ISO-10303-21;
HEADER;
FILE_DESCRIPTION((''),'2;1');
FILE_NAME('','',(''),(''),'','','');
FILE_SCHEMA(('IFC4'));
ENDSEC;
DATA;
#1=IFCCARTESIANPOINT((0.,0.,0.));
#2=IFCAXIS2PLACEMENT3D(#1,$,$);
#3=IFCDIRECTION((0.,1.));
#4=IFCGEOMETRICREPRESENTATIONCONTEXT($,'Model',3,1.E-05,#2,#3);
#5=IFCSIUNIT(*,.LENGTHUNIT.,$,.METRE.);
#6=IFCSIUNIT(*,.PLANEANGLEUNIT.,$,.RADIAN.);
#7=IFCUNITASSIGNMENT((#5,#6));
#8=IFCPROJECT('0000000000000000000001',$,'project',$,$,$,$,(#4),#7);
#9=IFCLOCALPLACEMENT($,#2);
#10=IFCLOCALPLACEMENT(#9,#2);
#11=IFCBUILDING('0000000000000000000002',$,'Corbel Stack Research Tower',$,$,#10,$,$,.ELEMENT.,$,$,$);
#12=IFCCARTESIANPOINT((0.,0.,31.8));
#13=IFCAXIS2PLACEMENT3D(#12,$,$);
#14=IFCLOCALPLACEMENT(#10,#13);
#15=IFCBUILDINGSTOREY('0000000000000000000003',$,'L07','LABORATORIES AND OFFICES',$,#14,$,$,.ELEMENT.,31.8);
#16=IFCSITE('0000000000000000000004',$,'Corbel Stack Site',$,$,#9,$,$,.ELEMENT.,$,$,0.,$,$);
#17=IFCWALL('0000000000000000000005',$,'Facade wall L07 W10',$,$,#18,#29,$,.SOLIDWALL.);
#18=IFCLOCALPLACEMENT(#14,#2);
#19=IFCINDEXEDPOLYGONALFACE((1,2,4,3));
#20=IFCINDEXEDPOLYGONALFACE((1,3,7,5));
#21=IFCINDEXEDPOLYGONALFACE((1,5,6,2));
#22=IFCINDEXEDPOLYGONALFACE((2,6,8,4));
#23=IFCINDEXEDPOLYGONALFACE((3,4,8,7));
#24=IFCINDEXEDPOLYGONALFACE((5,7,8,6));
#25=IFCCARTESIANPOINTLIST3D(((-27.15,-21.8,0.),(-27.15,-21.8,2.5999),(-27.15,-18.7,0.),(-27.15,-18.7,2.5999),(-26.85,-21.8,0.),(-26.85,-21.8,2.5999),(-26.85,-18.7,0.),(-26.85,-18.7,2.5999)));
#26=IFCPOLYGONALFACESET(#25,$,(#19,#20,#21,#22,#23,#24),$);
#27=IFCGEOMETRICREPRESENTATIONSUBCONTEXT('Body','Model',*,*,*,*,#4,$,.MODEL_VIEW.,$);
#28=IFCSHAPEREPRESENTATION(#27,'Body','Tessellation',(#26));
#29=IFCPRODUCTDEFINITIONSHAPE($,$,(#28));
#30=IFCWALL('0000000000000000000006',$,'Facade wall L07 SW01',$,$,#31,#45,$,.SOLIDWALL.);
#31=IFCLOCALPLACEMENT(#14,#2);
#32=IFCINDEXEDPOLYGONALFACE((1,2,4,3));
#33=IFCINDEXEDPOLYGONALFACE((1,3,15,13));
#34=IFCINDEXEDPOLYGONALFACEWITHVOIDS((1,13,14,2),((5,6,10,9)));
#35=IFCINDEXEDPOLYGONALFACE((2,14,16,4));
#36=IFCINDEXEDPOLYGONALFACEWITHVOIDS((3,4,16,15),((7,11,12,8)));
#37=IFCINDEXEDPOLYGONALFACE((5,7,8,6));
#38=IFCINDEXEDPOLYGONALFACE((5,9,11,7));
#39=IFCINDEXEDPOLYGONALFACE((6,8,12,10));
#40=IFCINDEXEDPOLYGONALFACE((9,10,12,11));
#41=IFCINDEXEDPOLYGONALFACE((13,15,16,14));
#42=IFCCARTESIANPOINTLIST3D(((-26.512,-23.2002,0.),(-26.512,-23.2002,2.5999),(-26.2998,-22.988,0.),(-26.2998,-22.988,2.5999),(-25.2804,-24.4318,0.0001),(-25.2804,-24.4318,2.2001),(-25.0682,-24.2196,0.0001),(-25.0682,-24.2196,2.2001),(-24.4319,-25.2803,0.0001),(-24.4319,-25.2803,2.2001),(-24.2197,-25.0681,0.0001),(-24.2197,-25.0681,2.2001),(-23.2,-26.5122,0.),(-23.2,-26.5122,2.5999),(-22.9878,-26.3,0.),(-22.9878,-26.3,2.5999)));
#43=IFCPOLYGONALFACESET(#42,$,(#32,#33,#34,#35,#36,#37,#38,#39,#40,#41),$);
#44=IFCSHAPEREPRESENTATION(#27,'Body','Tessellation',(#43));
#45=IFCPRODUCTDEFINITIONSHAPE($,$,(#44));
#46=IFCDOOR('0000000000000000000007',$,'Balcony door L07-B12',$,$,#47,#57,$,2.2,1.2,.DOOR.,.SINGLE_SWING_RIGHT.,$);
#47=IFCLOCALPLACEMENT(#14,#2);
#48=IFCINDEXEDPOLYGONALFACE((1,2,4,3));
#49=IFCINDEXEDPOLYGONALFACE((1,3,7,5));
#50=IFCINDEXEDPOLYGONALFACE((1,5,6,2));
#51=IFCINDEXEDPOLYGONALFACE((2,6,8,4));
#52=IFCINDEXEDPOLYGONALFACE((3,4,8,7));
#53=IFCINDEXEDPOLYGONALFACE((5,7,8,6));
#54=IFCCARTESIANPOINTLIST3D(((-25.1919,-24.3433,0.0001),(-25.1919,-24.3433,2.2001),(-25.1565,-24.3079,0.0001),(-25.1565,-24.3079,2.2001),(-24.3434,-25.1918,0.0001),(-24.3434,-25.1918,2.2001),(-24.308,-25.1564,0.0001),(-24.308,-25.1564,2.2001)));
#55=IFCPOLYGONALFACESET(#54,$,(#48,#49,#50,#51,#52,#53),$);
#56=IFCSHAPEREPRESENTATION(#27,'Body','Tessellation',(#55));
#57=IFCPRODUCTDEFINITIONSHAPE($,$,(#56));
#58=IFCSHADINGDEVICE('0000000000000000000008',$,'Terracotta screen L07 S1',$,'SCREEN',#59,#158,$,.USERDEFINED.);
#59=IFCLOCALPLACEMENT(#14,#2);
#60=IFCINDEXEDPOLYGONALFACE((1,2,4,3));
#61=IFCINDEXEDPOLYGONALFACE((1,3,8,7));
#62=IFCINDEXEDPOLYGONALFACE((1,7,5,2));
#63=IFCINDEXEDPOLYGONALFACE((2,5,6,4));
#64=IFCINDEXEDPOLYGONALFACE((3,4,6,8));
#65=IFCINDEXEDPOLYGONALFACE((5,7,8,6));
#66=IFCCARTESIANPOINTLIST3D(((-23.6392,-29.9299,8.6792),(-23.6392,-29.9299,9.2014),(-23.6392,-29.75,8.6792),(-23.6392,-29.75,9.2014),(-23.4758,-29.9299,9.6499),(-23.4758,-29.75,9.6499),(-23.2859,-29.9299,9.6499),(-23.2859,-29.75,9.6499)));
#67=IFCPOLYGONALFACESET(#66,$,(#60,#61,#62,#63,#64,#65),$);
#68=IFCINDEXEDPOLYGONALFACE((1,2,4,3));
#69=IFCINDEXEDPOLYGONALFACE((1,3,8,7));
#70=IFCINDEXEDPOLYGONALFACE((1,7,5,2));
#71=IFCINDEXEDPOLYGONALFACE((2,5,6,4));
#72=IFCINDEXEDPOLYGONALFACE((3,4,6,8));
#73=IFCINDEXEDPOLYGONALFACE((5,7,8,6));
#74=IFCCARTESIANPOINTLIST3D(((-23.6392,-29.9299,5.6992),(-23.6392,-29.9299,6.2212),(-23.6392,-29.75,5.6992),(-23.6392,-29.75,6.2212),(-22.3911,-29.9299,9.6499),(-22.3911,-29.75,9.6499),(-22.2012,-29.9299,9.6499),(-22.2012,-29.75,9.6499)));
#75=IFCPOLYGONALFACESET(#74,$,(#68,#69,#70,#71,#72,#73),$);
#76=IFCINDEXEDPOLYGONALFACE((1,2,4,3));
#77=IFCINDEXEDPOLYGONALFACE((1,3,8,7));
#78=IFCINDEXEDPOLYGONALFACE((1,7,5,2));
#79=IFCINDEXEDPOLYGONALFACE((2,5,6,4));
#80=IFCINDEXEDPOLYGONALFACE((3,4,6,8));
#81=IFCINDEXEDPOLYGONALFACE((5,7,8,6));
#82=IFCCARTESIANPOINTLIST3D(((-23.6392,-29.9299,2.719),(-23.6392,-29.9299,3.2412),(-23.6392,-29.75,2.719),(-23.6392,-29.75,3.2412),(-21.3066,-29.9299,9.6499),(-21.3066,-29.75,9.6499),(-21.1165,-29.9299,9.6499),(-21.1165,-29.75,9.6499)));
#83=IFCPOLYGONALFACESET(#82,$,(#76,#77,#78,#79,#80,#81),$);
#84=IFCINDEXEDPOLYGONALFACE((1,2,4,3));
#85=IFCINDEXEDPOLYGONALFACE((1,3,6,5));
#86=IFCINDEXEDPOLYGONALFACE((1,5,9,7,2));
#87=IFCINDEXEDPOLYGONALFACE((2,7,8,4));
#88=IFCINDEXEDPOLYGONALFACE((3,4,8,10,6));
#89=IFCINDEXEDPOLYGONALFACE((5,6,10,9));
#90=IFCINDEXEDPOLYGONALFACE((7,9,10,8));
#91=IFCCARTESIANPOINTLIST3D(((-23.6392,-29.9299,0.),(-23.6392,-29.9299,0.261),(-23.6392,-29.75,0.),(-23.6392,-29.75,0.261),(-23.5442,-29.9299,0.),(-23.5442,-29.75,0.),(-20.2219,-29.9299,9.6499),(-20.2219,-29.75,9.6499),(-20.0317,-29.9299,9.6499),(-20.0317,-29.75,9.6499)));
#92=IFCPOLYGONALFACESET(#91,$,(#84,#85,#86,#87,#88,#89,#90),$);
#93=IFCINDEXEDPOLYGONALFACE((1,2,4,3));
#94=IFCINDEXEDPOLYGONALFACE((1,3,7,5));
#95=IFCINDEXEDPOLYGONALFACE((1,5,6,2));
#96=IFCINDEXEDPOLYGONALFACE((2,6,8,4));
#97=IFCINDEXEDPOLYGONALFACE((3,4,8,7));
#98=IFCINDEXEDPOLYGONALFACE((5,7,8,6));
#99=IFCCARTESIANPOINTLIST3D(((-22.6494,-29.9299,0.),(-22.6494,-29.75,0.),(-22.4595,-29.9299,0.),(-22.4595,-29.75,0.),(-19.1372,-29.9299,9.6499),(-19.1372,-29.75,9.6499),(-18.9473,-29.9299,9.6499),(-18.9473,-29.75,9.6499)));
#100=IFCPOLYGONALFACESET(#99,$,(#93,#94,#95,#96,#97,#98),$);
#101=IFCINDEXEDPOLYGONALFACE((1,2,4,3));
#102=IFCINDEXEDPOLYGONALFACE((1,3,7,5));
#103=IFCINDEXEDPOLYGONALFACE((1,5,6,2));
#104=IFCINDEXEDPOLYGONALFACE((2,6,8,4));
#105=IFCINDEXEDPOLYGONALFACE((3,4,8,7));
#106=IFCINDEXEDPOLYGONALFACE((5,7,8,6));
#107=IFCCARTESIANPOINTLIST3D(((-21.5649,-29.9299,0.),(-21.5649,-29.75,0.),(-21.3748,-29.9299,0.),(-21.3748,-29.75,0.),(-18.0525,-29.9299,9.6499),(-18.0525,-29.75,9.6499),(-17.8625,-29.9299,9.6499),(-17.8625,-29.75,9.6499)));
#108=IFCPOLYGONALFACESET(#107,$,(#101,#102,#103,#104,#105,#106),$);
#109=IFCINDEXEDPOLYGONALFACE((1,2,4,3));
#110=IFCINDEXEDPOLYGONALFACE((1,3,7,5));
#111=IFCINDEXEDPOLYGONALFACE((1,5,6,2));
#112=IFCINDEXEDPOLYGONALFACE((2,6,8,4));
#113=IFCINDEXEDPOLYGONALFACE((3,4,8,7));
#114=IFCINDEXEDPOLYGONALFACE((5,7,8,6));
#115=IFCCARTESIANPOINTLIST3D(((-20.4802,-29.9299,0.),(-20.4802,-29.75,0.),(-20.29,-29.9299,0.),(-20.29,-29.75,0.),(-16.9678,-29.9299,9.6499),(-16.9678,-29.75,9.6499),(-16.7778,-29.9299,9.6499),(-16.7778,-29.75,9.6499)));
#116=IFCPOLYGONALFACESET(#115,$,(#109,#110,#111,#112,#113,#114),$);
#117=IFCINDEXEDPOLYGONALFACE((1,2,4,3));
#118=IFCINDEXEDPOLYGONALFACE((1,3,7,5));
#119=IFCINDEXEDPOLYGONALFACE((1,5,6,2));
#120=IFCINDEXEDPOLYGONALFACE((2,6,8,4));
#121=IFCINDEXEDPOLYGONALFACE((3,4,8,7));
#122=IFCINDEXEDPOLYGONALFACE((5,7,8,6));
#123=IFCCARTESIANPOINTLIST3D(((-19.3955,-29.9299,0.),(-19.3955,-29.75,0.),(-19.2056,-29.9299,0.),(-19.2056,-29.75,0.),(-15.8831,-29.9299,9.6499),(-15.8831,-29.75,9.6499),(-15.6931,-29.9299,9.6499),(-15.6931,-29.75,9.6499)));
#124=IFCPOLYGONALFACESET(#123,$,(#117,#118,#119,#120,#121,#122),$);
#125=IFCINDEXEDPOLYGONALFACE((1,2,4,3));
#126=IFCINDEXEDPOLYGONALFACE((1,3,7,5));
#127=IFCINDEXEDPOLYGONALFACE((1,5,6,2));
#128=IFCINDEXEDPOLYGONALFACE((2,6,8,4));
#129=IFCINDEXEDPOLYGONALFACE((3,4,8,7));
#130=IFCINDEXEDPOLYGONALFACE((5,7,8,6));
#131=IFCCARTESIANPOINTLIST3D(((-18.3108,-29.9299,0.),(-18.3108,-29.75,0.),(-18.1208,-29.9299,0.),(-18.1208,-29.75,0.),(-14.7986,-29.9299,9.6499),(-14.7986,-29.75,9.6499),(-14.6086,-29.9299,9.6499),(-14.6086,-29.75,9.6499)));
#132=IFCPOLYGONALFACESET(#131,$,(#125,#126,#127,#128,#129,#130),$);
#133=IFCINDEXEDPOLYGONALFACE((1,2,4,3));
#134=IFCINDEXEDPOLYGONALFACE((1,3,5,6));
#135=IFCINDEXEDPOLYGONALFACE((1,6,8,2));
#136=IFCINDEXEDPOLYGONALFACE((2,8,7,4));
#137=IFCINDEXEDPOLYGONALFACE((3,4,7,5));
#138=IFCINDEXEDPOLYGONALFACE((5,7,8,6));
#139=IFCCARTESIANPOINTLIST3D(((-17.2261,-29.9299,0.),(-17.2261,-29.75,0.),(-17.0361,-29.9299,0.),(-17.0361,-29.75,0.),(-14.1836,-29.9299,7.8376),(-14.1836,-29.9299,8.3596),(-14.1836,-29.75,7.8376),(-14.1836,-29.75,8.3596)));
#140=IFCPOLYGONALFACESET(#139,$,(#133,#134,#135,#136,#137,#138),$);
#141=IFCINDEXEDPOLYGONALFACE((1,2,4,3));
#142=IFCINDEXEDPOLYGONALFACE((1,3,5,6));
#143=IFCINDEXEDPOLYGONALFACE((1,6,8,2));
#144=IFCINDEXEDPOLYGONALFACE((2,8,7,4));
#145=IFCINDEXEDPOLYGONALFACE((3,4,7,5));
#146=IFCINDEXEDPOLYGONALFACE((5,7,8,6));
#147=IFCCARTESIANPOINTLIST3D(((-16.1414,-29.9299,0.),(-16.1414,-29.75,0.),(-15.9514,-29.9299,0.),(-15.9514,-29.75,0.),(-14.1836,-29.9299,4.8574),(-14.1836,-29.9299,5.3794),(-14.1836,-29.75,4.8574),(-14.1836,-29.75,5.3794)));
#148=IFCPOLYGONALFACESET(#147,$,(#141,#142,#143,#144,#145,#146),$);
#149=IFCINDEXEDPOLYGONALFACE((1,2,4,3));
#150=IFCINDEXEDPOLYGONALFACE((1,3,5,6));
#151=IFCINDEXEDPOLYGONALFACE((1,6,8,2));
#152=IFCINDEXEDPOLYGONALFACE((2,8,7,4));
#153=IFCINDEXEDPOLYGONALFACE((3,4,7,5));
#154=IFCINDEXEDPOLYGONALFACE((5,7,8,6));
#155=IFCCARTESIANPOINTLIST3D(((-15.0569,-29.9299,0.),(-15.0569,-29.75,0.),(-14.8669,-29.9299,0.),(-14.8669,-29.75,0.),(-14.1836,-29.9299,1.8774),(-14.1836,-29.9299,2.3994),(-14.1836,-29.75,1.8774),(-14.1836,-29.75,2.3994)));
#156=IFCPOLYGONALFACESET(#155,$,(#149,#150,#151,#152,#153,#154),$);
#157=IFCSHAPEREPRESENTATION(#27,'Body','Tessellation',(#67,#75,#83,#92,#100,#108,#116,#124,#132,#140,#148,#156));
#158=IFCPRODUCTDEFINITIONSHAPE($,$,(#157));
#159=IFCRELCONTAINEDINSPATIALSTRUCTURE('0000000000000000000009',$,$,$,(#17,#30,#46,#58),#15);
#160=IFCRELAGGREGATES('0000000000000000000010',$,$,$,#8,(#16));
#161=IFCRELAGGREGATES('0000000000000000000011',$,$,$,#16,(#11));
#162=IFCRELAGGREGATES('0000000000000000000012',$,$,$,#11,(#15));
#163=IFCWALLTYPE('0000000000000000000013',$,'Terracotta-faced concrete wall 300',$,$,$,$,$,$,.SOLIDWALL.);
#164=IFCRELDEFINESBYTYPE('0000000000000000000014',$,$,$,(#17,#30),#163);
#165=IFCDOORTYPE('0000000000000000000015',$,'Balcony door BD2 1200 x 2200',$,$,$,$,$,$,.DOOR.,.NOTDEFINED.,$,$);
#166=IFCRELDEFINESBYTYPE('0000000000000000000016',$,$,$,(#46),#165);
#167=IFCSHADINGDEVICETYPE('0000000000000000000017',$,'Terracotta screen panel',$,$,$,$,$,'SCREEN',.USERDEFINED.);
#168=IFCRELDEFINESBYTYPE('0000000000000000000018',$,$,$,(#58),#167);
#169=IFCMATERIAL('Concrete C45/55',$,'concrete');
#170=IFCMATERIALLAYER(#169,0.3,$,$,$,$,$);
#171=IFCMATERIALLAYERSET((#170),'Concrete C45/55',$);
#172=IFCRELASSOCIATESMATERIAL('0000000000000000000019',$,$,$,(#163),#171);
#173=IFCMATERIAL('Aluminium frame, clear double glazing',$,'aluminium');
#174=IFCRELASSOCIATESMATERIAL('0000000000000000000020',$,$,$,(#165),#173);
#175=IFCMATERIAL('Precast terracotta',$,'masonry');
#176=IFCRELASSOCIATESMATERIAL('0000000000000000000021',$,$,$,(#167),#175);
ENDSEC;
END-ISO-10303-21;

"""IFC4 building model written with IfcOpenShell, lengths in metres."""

from ifc_helpers import new_model, si_unit, direction, frame, frame_2d, origin, place, context, subcontext, project, spatial, polyline, rectangle, outline, extrude, source, transform, mapped, material, layer, layer_set, type_object, element, fill, save


model = new_model("IFC4")

# Units and contexts
model_context = context("Model", 3, precision=1e-05, world=origin(), true_north=direction((0.0, 1.0)))
body_context = subcontext(model_context, "Body", "Model", "MODEL_VIEW")
ifc_project = project(units=[si_unit("LENGTHUNIT", "METRE"), si_unit("PLANEANGLEUNIT", "RADIAN")], contexts=[model_context])

# Site, building, storey
site_placement = place(None, origin())
site = spatial("IfcSite", under=ifc_project, at=site_placement, Name="Corbel Stack Site", CompositionType="ELEMENT", RefElevation=0.0)
building_placement = place(site_placement, origin())
building = spatial("IfcBuilding", under=site, at=building_placement, Name="Corbel Stack Research Tower", CompositionType="ELEMENT")
storey_placement = place(building_placement, frame((0.0, 0.0, 31.8)))
storey = spatial("IfcBuildingStorey", under=building, at=storey_placement, Name="L07", Description="LABORATORIES AND OFFICES", CompositionType="ELEMENT", Elevation=31.8)

# Shared definitions
ifc_material_1 = material(Name="Concrete C45/55", Category="concrete")
ifc_layer_1 = layer(ifc_material_1, 0.3)
ifc_layer_set_1 = layer_set([ifc_layer_1], Name="Concrete C45/55")
wall_type = type_object("IfcWallType", Name="Terracotta-faced concrete wall 300", PredefinedType="SOLIDWALL", material=ifc_layer_set_1)

# Wall
wall_1_placement = place(storey_placement, frame((-27.0, -21.8, 0.0), z_axis=(0.0, 0.0, 1.0), x_axis=(0.0, 1.0, 0.0)))
element("IfcWall", 1, at=wall_1_placement, inside=storey, type_object=wall_type, Name="Facade wall L07 W10", PredefinedType="SOLIDWALL", context=body_context, shape_type="SweptSolid", body=[
    extrude(rectangle(XDim=3.1001, YDim=0.3, at=frame_2d((1.55, 0.0))), origin(), (0.0, 0.0, 1.0), 2.5999),
])

# Wall, opening, door
wall_2_placement = place(storey_placement, frame((-23.094, -26.406, 0.0), z_axis=(0.0, 0.0, 1.0), x_axis=(-0.707107, 0.707107, 0.0)))
wall_2 = element("IfcWall", 2, at=wall_2_placement, inside=storey, type_object=wall_type, Name="Facade wall L07 SW01", PredefinedType="SOLIDWALL", context=body_context, shape_type="SweptSolid", body=[
    extrude(rectangle(XDim=4.6838, YDim=0.3, at=frame_2d((2.3418, 0.0))), origin(), (0.0, 0.0, 1.0), 2.5999),
])
opening_1_placement = place(wall_2_placement, frame((1.7419, 0.0, 0.0)))
opening_1 = element("IfcOpeningElement", 3, at=opening_1_placement, cuts=wall_2, PredefinedType="OPENING", context=body_context, shape_type="SweptSolid", body=[
    extrude(rectangle(XDim=1.2, YDim=2.2, at=frame_2d((0.6001, 1.1001))), frame((0.0, 0.1599, 0.0), z_axis=(0.0, -1.0, 0.0), x_axis=(1.0, 0.0, 0.0)), (0.0, 0.0, 1.0), 0.3201),
])
ifc_material_2 = material(Name="Aluminium frame, clear double glazing", Category="aluminium")
door_type_1 = type_object("IfcDoorType", Name="Balcony door BD2 1200 x 2200", OperationType="NOTDEFINED", PredefinedType="DOOR", material=ifc_material_2)
door_1_placement = place(opening_1_placement, origin())
door_1 = element("IfcDoor", 4, at=door_1_placement, inside=storey, type_object=door_type_1, Name="Balcony door L07-B12", OperationType="SINGLE_SWING_RIGHT", OverallHeight=2.2, OverallWidth=1.2, PredefinedType="DOOR", context=body_context, shape_type="SweptSolid", body=[
    extrude(rectangle(XDim=1.2, YDim=2.2, at=frame_2d((0.6001, 1.1001))), frame((0.0, 0.0249, 0.0), z_axis=(0.0, -1.0, 0.0), x_axis=(1.0, 0.0, 0.0)), (0.0, 0.0, 1.0), 0.05),
])
fill(opening_1, door_1)

# Shading device
ifc_material_3 = material(Name="Precast terracotta", Category="masonry")
shading_device_type = type_object("IfcShadingDeviceType", Name="Terracotta screen panel", ElementType="SCREEN", PredefinedType="USERDEFINED", material=ifc_material_3)
shared_shape_1 = source(origin(), body_context, "Body", "SweptSolid", [
    extrude(outline(polyline([(0.3533, 9.6499), (0.1633, 9.6499), (0.0, 9.2014), (0.0, 8.6792), (0.3533, 9.6499)])), frame((0.0, 0.0, 0.0), z_axis=(0.0, -1.0, 0.0), x_axis=(1.0, 0.0, 0.0)), (0.0, 0.0, 1.0), 0.1799),
    extrude(outline(polyline([(1.438, 9.6499), (1.248, 9.6499), (0.0, 6.2212), (0.0, 5.6992), (1.438, 9.6499)])), frame((0.0, 0.0, 0.0), z_axis=(0.0, -1.0, 0.0), x_axis=(1.0, 0.0, 0.0)), (0.0, 0.0, 1.0), 0.1799),
    extrude(outline(polyline([(2.5227, 9.6499), (2.3325, 9.6499), (0.0, 3.2412), (0.0, 2.719), (2.5227, 9.6499)])), frame((0.0, 0.0, 0.0), z_axis=(0.0, -1.0, 0.0), x_axis=(1.0, 0.0, 0.0)), (0.0, 0.0, 1.0), 0.1799),
    extrude(outline(polyline([(0.095, 0.0), (3.6074, 9.6499), (3.4172, 9.6499), (0.0, 0.261), (0.0, 0.0), (0.095, 0.0)])), frame((0.0, 0.0, 0.0), z_axis=(0.0, -1.0, 0.0), x_axis=(1.0, 0.0, 0.0)), (0.0, 0.0, 1.0), 0.1799),
    extrude(outline(polyline([(1.1797, 0.0), (4.6919, 9.6499), (4.502, 9.6499), (0.9897, 0.0), (1.1797, 0.0)])), frame((0.0, 0.0, 0.0), z_axis=(0.0, -1.0, 0.0), x_axis=(1.0, 0.0, 0.0)), (0.0, 0.0, 1.0), 0.1799),
    extrude(outline(polyline([(2.2644, 0.0), (5.7766, 9.6499), (5.5867, 9.6499), (2.0742, 0.0), (2.2644, 0.0)])), frame((0.0, 0.0, 0.0), z_axis=(0.0, -1.0, 0.0), x_axis=(1.0, 0.0, 0.0)), (0.0, 0.0, 1.0), 0.1799),
    extrude(outline(polyline([(3.3491, 0.0), (6.8613, 9.6499), (6.6714, 9.6499), (3.1589, 0.0), (3.3491, 0.0)])), frame((0.0, 0.0, 0.0), z_axis=(0.0, -1.0, 0.0), x_axis=(1.0, 0.0, 0.0)), (0.0, 0.0, 1.0), 0.1799),
    extrude(outline(polyline([(4.4336, 0.0), (7.946, 9.6499), (7.7561, 9.6499), (4.2437, 0.0), (4.4336, 0.0)])), frame((0.0, 0.0, 0.0), z_axis=(0.0, -1.0, 0.0), x_axis=(1.0, 0.0, 0.0)), (0.0, 0.0, 1.0), 0.1799),
    extrude(outline(polyline([(5.5183, 0.0), (9.0305, 9.6499), (8.8406, 9.6499), (5.3284, 0.0), (5.5183, 0.0)])), frame((0.0, 0.0, 0.0), z_axis=(0.0, -1.0, 0.0), x_axis=(1.0, 0.0, 0.0)), (0.0, 0.0, 1.0), 0.1799),
    extrude(outline(polyline([(6.603, 0.0), (9.4556, 7.8376), (9.4556, 8.3596), (6.4131, 0.0), (6.603, 0.0)])), frame((0.0, 0.0, 0.0), z_axis=(0.0, -1.0, 0.0), x_axis=(1.0, 0.0, 0.0)), (0.0, 0.0, 1.0), 0.1799),
    extrude(outline(polyline([(7.6877, 0.0), (9.4556, 4.8574), (9.4556, 5.3794), (7.4978, 0.0), (7.6877, 0.0)])), frame((0.0, 0.0, 0.0), z_axis=(0.0, -1.0, 0.0), x_axis=(1.0, 0.0, 0.0)), (0.0, 0.0, 1.0), 0.1799),
    extrude(outline(polyline([(8.7722, 0.0), (9.4556, 1.8774), (9.4556, 2.3994), (8.5823, 0.0), (8.7722, 0.0)])), frame((0.0, 0.0, 0.0), z_axis=(0.0, -1.0, 0.0), x_axis=(1.0, 0.0, 0.0)), (0.0, 0.0, 1.0), 0.1799),
])
shading_device_1_placement = place(storey_placement, frame((-23.6392, -29.75, 0.0), z_axis=(0.0, 0.0, 1.0), x_axis=(1.0, 0.0, 0.0)))
element("IfcShadingDevice", 5, at=shading_device_1_placement, inside=storey, type_object=shading_device_type, Name="Terracotta screen L07 S1", ObjectType="SCREEN", PredefinedType="USERDEFINED", context=body_context, shape_type="MappedRepresentation", body=[
    mapped(shared_shape_1, transform((0.0, 0.0, 0.0))),
])

save(model, "model.ifc")
